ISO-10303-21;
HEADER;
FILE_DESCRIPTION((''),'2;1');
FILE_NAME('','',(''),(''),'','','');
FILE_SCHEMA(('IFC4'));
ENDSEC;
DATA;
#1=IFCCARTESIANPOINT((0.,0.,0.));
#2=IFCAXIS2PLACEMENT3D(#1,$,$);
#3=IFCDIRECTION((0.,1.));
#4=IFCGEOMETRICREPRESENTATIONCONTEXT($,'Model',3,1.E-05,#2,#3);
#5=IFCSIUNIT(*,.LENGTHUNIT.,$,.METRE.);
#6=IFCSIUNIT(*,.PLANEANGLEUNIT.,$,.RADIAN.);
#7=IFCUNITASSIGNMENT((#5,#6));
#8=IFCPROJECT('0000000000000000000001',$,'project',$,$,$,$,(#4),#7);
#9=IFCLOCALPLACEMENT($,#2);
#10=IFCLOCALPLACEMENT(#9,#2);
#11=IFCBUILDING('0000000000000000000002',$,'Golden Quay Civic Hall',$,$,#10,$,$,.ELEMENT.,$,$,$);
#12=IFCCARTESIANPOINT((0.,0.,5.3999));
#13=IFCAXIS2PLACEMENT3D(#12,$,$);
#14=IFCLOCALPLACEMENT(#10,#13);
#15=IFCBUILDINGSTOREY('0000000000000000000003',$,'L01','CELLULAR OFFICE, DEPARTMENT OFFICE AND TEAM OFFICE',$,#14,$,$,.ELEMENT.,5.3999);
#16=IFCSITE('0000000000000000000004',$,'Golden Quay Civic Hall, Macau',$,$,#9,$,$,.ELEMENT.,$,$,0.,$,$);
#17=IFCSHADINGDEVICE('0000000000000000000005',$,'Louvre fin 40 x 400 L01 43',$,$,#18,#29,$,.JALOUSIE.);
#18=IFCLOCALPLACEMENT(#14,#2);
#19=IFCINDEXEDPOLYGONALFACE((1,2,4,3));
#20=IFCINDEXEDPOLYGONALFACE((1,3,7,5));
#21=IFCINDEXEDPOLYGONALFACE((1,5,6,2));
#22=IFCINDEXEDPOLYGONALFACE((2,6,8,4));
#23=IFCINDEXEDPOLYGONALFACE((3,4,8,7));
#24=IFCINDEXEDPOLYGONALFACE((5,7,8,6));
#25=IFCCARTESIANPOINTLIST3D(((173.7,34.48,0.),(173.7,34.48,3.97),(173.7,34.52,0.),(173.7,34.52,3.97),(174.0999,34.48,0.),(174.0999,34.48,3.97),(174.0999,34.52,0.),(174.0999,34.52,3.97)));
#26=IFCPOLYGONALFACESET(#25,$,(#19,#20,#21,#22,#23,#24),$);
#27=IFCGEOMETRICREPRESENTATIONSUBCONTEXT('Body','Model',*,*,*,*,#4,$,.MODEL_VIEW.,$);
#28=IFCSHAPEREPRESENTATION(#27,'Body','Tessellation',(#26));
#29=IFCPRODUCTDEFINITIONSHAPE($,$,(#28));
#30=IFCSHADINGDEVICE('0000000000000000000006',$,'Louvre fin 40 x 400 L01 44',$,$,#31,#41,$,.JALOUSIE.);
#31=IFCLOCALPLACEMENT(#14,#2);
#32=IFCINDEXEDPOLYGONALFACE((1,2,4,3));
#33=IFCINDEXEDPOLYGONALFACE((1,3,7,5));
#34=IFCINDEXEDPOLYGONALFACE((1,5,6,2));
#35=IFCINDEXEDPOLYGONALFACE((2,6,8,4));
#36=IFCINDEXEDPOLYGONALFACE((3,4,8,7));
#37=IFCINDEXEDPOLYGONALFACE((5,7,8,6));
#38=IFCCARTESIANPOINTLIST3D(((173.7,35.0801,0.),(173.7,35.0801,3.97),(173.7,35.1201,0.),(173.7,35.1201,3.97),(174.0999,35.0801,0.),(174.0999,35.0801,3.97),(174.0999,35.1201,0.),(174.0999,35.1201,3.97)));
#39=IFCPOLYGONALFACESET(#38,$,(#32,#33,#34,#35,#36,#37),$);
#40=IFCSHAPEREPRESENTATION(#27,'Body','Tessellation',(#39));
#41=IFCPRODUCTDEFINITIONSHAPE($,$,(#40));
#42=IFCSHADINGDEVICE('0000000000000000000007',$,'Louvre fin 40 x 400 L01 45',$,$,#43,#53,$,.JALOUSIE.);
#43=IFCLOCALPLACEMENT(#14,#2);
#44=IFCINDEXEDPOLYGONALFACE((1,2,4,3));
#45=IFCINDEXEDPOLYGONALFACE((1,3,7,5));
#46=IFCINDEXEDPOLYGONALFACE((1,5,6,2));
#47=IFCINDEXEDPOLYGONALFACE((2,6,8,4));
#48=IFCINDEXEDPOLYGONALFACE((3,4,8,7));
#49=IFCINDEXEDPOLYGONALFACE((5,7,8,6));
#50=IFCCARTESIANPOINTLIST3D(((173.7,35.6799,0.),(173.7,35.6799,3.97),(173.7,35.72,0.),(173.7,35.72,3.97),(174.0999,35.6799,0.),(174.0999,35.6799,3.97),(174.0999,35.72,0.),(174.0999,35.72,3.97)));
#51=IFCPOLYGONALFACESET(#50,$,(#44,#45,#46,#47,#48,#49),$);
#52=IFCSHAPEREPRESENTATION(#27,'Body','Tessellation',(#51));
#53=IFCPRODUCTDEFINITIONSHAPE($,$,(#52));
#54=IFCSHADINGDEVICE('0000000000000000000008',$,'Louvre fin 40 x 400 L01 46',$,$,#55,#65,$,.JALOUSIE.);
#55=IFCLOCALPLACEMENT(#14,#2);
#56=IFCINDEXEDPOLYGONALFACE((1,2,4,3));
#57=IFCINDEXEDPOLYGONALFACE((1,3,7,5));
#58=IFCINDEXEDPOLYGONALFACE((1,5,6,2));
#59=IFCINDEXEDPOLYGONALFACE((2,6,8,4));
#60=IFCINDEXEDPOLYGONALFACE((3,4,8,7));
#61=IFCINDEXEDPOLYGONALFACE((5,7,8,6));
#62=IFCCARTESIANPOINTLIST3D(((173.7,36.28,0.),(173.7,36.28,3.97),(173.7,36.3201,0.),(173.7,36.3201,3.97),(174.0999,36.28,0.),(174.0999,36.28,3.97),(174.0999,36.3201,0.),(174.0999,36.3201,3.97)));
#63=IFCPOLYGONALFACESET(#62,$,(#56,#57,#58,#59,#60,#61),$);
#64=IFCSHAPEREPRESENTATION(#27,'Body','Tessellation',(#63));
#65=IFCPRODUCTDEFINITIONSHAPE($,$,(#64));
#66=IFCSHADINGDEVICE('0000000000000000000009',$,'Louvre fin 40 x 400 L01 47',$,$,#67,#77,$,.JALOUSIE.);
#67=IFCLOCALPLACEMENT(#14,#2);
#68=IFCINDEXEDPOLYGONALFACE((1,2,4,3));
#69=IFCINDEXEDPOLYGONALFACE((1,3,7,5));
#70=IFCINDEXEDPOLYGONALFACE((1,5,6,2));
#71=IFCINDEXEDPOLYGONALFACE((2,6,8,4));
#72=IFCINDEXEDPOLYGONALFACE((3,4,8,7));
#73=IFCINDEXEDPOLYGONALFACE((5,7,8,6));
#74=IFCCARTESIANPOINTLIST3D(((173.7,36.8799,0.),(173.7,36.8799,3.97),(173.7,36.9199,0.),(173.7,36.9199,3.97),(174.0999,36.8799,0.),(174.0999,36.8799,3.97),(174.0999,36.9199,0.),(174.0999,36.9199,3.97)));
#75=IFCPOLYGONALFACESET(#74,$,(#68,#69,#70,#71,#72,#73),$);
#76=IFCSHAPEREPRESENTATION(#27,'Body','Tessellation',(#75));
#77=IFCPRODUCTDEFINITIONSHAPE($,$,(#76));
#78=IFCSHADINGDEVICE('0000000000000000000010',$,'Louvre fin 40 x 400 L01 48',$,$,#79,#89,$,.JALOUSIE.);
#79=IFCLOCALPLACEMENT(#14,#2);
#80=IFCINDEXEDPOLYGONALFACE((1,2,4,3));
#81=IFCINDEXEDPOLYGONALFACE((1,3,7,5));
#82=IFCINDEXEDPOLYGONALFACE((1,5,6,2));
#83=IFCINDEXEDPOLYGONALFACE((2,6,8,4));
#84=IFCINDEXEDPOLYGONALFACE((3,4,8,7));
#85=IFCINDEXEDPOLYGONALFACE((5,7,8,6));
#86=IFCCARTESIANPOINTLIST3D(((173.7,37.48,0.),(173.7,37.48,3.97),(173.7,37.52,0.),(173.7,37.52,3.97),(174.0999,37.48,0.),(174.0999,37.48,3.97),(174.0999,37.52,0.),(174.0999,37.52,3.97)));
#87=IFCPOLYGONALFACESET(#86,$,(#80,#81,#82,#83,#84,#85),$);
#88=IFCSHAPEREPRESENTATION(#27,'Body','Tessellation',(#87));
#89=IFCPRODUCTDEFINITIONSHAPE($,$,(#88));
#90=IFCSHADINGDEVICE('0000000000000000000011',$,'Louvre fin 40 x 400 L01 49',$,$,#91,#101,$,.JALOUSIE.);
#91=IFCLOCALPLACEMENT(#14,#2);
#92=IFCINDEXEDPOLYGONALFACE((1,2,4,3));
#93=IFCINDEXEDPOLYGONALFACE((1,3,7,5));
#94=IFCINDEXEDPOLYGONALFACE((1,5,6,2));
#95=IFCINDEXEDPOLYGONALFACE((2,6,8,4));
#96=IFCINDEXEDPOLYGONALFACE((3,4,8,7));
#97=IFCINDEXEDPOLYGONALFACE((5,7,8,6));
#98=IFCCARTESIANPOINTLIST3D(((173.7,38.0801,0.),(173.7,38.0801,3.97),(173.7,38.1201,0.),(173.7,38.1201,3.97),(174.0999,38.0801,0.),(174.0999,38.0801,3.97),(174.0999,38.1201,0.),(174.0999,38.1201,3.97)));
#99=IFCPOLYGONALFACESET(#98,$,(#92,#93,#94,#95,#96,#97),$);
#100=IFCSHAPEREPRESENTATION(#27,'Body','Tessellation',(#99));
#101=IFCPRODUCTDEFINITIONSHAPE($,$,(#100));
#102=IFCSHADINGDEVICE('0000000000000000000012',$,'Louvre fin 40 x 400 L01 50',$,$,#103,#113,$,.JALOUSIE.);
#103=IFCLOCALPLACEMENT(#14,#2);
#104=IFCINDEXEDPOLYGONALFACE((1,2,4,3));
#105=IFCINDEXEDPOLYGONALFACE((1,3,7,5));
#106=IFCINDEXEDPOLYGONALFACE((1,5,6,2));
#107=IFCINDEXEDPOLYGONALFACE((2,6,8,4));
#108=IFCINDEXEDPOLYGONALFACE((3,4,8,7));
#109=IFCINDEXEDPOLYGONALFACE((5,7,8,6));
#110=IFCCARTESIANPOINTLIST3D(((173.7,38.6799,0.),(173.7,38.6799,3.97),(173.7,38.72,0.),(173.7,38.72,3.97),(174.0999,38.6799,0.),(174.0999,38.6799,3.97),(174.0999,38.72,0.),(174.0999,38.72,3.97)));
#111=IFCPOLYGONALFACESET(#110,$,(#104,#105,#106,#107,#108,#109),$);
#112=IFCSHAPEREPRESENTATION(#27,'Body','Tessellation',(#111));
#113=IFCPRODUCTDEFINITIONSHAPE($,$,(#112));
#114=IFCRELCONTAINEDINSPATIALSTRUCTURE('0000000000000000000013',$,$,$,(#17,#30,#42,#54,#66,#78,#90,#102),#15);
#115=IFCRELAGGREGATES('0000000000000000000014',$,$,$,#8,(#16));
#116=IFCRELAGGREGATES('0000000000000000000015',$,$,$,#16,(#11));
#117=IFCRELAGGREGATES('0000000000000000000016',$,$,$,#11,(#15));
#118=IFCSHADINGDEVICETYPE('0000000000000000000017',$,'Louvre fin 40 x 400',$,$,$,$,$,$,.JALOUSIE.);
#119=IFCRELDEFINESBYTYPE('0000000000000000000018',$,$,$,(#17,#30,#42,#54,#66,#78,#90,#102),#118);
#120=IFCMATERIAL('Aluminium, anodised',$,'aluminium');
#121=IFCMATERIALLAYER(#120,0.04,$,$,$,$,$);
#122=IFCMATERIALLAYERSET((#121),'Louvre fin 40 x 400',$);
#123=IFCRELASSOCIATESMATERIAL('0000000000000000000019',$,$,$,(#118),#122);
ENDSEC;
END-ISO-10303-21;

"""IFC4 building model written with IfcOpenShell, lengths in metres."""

from ifc_helpers import new_model, si_unit, direction, frame, origin, origin_2d, place, context, subcontext, project, spatial, rectangle, extrude, material, layer, layer_set, type_object, element, save


model = new_model("IFC4")

# Units and contexts
model_context = context("Model", 3, precision=1e-05, world=origin(), true_north=direction((0.0, 1.0)))
body_context = subcontext(model_context, "Body", "Model", "MODEL_VIEW")
ifc_project = project(units=[si_unit("LENGTHUNIT", "METRE"), si_unit("PLANEANGLEUNIT", "RADIAN")], contexts=[model_context])

# Site, building, storey
site_placement = place(None, origin())
site = spatial("IfcSite", under=ifc_project, at=site_placement, Name="Golden Quay Civic Hall, Macau", CompositionType="ELEMENT", RefElevation=0.0)
building_placement = place(site_placement, origin())
building = spatial("IfcBuilding", under=site, at=building_placement, Name="Golden Quay Civic Hall", CompositionType="ELEMENT")
storey_placement = place(building_placement, frame((0.0, 0.0, 5.3999)))
storey = spatial("IfcBuildingStorey", under=building, at=storey_placement, Name="L01", Description="CELLULAR OFFICE, DEPARTMENT OFFICE AND TEAM OFFICE", CompositionType="ELEMENT", Elevation=5.3999)

# Shading devices
ifc_material_1 = material(Name="Aluminium, anodised", Category="aluminium")
ifc_layer_1 = layer(ifc_material_1, 0.04)
ifc_layer_set_1 = layer_set([ifc_layer_1], Name="Louvre fin 40 x 400")
shading_device_type = type_object("IfcShadingDeviceType", Name="Louvre fin 40 x 400", PredefinedType="JALOUSIE", material=ifc_layer_set_1)
for number, where, z_axis, x_axis, name in (
    (1, (173.8999, 34.5, 0.0), (0.0, 0.0, 1.0), (0.0, 1.0, 0.0), "Louvre fin 40 x 400 L01 43"),
    (2, (173.8999, 35.1001, 0.0), (0.0, 0.0, 1.0), (0.0, 1.0, 0.0), "Louvre fin 40 x 400 L01 44"),
    (3, (173.8999, 35.7, 0.0), (0.0, 0.0, 1.0), (0.0, 1.0, 0.0), "Louvre fin 40 x 400 L01 45"),
    (4, (173.8999, 36.3, 0.0), (0.0, 0.0, 1.0), (0.0, 1.0, 0.0), "Louvre fin 40 x 400 L01 46"),
    (5, (173.8999, 36.8999, 0.0), (0.0, 0.0, 1.0), (0.0, 1.0, 0.0), "Louvre fin 40 x 400 L01 47"),
    (6, (173.8999, 37.5, 0.0), (0.0, 0.0, 1.0), (0.0, 1.0, 0.0), "Louvre fin 40 x 400 L01 48"),
    (7, (173.8999, 38.1001, 0.0), (0.0, 0.0, 1.0), (0.0, 1.0, 0.0), "Louvre fin 40 x 400 L01 49"),
    (8, (173.8999, 38.7, 0.0), (0.0, 0.0, 1.0), (0.0, 1.0, 0.0), "Louvre fin 40 x 400 L01 50"),
):
    element("IfcShadingDevice", number, at=place(storey_placement, frame(where, z_axis=z_axis, x_axis=x_axis)), inside=storey, type_object=shading_device_type, Name=name, PredefinedType="JALOUSIE", context=body_context, shape_type="SweptSolid", body=[
        extrude(rectangle(XDim=0.04, YDim=0.3999, at=origin_2d()), origin(), (0.0, 0.0, 1.0), 3.97),
    ])

save(model, "model.ifc")
